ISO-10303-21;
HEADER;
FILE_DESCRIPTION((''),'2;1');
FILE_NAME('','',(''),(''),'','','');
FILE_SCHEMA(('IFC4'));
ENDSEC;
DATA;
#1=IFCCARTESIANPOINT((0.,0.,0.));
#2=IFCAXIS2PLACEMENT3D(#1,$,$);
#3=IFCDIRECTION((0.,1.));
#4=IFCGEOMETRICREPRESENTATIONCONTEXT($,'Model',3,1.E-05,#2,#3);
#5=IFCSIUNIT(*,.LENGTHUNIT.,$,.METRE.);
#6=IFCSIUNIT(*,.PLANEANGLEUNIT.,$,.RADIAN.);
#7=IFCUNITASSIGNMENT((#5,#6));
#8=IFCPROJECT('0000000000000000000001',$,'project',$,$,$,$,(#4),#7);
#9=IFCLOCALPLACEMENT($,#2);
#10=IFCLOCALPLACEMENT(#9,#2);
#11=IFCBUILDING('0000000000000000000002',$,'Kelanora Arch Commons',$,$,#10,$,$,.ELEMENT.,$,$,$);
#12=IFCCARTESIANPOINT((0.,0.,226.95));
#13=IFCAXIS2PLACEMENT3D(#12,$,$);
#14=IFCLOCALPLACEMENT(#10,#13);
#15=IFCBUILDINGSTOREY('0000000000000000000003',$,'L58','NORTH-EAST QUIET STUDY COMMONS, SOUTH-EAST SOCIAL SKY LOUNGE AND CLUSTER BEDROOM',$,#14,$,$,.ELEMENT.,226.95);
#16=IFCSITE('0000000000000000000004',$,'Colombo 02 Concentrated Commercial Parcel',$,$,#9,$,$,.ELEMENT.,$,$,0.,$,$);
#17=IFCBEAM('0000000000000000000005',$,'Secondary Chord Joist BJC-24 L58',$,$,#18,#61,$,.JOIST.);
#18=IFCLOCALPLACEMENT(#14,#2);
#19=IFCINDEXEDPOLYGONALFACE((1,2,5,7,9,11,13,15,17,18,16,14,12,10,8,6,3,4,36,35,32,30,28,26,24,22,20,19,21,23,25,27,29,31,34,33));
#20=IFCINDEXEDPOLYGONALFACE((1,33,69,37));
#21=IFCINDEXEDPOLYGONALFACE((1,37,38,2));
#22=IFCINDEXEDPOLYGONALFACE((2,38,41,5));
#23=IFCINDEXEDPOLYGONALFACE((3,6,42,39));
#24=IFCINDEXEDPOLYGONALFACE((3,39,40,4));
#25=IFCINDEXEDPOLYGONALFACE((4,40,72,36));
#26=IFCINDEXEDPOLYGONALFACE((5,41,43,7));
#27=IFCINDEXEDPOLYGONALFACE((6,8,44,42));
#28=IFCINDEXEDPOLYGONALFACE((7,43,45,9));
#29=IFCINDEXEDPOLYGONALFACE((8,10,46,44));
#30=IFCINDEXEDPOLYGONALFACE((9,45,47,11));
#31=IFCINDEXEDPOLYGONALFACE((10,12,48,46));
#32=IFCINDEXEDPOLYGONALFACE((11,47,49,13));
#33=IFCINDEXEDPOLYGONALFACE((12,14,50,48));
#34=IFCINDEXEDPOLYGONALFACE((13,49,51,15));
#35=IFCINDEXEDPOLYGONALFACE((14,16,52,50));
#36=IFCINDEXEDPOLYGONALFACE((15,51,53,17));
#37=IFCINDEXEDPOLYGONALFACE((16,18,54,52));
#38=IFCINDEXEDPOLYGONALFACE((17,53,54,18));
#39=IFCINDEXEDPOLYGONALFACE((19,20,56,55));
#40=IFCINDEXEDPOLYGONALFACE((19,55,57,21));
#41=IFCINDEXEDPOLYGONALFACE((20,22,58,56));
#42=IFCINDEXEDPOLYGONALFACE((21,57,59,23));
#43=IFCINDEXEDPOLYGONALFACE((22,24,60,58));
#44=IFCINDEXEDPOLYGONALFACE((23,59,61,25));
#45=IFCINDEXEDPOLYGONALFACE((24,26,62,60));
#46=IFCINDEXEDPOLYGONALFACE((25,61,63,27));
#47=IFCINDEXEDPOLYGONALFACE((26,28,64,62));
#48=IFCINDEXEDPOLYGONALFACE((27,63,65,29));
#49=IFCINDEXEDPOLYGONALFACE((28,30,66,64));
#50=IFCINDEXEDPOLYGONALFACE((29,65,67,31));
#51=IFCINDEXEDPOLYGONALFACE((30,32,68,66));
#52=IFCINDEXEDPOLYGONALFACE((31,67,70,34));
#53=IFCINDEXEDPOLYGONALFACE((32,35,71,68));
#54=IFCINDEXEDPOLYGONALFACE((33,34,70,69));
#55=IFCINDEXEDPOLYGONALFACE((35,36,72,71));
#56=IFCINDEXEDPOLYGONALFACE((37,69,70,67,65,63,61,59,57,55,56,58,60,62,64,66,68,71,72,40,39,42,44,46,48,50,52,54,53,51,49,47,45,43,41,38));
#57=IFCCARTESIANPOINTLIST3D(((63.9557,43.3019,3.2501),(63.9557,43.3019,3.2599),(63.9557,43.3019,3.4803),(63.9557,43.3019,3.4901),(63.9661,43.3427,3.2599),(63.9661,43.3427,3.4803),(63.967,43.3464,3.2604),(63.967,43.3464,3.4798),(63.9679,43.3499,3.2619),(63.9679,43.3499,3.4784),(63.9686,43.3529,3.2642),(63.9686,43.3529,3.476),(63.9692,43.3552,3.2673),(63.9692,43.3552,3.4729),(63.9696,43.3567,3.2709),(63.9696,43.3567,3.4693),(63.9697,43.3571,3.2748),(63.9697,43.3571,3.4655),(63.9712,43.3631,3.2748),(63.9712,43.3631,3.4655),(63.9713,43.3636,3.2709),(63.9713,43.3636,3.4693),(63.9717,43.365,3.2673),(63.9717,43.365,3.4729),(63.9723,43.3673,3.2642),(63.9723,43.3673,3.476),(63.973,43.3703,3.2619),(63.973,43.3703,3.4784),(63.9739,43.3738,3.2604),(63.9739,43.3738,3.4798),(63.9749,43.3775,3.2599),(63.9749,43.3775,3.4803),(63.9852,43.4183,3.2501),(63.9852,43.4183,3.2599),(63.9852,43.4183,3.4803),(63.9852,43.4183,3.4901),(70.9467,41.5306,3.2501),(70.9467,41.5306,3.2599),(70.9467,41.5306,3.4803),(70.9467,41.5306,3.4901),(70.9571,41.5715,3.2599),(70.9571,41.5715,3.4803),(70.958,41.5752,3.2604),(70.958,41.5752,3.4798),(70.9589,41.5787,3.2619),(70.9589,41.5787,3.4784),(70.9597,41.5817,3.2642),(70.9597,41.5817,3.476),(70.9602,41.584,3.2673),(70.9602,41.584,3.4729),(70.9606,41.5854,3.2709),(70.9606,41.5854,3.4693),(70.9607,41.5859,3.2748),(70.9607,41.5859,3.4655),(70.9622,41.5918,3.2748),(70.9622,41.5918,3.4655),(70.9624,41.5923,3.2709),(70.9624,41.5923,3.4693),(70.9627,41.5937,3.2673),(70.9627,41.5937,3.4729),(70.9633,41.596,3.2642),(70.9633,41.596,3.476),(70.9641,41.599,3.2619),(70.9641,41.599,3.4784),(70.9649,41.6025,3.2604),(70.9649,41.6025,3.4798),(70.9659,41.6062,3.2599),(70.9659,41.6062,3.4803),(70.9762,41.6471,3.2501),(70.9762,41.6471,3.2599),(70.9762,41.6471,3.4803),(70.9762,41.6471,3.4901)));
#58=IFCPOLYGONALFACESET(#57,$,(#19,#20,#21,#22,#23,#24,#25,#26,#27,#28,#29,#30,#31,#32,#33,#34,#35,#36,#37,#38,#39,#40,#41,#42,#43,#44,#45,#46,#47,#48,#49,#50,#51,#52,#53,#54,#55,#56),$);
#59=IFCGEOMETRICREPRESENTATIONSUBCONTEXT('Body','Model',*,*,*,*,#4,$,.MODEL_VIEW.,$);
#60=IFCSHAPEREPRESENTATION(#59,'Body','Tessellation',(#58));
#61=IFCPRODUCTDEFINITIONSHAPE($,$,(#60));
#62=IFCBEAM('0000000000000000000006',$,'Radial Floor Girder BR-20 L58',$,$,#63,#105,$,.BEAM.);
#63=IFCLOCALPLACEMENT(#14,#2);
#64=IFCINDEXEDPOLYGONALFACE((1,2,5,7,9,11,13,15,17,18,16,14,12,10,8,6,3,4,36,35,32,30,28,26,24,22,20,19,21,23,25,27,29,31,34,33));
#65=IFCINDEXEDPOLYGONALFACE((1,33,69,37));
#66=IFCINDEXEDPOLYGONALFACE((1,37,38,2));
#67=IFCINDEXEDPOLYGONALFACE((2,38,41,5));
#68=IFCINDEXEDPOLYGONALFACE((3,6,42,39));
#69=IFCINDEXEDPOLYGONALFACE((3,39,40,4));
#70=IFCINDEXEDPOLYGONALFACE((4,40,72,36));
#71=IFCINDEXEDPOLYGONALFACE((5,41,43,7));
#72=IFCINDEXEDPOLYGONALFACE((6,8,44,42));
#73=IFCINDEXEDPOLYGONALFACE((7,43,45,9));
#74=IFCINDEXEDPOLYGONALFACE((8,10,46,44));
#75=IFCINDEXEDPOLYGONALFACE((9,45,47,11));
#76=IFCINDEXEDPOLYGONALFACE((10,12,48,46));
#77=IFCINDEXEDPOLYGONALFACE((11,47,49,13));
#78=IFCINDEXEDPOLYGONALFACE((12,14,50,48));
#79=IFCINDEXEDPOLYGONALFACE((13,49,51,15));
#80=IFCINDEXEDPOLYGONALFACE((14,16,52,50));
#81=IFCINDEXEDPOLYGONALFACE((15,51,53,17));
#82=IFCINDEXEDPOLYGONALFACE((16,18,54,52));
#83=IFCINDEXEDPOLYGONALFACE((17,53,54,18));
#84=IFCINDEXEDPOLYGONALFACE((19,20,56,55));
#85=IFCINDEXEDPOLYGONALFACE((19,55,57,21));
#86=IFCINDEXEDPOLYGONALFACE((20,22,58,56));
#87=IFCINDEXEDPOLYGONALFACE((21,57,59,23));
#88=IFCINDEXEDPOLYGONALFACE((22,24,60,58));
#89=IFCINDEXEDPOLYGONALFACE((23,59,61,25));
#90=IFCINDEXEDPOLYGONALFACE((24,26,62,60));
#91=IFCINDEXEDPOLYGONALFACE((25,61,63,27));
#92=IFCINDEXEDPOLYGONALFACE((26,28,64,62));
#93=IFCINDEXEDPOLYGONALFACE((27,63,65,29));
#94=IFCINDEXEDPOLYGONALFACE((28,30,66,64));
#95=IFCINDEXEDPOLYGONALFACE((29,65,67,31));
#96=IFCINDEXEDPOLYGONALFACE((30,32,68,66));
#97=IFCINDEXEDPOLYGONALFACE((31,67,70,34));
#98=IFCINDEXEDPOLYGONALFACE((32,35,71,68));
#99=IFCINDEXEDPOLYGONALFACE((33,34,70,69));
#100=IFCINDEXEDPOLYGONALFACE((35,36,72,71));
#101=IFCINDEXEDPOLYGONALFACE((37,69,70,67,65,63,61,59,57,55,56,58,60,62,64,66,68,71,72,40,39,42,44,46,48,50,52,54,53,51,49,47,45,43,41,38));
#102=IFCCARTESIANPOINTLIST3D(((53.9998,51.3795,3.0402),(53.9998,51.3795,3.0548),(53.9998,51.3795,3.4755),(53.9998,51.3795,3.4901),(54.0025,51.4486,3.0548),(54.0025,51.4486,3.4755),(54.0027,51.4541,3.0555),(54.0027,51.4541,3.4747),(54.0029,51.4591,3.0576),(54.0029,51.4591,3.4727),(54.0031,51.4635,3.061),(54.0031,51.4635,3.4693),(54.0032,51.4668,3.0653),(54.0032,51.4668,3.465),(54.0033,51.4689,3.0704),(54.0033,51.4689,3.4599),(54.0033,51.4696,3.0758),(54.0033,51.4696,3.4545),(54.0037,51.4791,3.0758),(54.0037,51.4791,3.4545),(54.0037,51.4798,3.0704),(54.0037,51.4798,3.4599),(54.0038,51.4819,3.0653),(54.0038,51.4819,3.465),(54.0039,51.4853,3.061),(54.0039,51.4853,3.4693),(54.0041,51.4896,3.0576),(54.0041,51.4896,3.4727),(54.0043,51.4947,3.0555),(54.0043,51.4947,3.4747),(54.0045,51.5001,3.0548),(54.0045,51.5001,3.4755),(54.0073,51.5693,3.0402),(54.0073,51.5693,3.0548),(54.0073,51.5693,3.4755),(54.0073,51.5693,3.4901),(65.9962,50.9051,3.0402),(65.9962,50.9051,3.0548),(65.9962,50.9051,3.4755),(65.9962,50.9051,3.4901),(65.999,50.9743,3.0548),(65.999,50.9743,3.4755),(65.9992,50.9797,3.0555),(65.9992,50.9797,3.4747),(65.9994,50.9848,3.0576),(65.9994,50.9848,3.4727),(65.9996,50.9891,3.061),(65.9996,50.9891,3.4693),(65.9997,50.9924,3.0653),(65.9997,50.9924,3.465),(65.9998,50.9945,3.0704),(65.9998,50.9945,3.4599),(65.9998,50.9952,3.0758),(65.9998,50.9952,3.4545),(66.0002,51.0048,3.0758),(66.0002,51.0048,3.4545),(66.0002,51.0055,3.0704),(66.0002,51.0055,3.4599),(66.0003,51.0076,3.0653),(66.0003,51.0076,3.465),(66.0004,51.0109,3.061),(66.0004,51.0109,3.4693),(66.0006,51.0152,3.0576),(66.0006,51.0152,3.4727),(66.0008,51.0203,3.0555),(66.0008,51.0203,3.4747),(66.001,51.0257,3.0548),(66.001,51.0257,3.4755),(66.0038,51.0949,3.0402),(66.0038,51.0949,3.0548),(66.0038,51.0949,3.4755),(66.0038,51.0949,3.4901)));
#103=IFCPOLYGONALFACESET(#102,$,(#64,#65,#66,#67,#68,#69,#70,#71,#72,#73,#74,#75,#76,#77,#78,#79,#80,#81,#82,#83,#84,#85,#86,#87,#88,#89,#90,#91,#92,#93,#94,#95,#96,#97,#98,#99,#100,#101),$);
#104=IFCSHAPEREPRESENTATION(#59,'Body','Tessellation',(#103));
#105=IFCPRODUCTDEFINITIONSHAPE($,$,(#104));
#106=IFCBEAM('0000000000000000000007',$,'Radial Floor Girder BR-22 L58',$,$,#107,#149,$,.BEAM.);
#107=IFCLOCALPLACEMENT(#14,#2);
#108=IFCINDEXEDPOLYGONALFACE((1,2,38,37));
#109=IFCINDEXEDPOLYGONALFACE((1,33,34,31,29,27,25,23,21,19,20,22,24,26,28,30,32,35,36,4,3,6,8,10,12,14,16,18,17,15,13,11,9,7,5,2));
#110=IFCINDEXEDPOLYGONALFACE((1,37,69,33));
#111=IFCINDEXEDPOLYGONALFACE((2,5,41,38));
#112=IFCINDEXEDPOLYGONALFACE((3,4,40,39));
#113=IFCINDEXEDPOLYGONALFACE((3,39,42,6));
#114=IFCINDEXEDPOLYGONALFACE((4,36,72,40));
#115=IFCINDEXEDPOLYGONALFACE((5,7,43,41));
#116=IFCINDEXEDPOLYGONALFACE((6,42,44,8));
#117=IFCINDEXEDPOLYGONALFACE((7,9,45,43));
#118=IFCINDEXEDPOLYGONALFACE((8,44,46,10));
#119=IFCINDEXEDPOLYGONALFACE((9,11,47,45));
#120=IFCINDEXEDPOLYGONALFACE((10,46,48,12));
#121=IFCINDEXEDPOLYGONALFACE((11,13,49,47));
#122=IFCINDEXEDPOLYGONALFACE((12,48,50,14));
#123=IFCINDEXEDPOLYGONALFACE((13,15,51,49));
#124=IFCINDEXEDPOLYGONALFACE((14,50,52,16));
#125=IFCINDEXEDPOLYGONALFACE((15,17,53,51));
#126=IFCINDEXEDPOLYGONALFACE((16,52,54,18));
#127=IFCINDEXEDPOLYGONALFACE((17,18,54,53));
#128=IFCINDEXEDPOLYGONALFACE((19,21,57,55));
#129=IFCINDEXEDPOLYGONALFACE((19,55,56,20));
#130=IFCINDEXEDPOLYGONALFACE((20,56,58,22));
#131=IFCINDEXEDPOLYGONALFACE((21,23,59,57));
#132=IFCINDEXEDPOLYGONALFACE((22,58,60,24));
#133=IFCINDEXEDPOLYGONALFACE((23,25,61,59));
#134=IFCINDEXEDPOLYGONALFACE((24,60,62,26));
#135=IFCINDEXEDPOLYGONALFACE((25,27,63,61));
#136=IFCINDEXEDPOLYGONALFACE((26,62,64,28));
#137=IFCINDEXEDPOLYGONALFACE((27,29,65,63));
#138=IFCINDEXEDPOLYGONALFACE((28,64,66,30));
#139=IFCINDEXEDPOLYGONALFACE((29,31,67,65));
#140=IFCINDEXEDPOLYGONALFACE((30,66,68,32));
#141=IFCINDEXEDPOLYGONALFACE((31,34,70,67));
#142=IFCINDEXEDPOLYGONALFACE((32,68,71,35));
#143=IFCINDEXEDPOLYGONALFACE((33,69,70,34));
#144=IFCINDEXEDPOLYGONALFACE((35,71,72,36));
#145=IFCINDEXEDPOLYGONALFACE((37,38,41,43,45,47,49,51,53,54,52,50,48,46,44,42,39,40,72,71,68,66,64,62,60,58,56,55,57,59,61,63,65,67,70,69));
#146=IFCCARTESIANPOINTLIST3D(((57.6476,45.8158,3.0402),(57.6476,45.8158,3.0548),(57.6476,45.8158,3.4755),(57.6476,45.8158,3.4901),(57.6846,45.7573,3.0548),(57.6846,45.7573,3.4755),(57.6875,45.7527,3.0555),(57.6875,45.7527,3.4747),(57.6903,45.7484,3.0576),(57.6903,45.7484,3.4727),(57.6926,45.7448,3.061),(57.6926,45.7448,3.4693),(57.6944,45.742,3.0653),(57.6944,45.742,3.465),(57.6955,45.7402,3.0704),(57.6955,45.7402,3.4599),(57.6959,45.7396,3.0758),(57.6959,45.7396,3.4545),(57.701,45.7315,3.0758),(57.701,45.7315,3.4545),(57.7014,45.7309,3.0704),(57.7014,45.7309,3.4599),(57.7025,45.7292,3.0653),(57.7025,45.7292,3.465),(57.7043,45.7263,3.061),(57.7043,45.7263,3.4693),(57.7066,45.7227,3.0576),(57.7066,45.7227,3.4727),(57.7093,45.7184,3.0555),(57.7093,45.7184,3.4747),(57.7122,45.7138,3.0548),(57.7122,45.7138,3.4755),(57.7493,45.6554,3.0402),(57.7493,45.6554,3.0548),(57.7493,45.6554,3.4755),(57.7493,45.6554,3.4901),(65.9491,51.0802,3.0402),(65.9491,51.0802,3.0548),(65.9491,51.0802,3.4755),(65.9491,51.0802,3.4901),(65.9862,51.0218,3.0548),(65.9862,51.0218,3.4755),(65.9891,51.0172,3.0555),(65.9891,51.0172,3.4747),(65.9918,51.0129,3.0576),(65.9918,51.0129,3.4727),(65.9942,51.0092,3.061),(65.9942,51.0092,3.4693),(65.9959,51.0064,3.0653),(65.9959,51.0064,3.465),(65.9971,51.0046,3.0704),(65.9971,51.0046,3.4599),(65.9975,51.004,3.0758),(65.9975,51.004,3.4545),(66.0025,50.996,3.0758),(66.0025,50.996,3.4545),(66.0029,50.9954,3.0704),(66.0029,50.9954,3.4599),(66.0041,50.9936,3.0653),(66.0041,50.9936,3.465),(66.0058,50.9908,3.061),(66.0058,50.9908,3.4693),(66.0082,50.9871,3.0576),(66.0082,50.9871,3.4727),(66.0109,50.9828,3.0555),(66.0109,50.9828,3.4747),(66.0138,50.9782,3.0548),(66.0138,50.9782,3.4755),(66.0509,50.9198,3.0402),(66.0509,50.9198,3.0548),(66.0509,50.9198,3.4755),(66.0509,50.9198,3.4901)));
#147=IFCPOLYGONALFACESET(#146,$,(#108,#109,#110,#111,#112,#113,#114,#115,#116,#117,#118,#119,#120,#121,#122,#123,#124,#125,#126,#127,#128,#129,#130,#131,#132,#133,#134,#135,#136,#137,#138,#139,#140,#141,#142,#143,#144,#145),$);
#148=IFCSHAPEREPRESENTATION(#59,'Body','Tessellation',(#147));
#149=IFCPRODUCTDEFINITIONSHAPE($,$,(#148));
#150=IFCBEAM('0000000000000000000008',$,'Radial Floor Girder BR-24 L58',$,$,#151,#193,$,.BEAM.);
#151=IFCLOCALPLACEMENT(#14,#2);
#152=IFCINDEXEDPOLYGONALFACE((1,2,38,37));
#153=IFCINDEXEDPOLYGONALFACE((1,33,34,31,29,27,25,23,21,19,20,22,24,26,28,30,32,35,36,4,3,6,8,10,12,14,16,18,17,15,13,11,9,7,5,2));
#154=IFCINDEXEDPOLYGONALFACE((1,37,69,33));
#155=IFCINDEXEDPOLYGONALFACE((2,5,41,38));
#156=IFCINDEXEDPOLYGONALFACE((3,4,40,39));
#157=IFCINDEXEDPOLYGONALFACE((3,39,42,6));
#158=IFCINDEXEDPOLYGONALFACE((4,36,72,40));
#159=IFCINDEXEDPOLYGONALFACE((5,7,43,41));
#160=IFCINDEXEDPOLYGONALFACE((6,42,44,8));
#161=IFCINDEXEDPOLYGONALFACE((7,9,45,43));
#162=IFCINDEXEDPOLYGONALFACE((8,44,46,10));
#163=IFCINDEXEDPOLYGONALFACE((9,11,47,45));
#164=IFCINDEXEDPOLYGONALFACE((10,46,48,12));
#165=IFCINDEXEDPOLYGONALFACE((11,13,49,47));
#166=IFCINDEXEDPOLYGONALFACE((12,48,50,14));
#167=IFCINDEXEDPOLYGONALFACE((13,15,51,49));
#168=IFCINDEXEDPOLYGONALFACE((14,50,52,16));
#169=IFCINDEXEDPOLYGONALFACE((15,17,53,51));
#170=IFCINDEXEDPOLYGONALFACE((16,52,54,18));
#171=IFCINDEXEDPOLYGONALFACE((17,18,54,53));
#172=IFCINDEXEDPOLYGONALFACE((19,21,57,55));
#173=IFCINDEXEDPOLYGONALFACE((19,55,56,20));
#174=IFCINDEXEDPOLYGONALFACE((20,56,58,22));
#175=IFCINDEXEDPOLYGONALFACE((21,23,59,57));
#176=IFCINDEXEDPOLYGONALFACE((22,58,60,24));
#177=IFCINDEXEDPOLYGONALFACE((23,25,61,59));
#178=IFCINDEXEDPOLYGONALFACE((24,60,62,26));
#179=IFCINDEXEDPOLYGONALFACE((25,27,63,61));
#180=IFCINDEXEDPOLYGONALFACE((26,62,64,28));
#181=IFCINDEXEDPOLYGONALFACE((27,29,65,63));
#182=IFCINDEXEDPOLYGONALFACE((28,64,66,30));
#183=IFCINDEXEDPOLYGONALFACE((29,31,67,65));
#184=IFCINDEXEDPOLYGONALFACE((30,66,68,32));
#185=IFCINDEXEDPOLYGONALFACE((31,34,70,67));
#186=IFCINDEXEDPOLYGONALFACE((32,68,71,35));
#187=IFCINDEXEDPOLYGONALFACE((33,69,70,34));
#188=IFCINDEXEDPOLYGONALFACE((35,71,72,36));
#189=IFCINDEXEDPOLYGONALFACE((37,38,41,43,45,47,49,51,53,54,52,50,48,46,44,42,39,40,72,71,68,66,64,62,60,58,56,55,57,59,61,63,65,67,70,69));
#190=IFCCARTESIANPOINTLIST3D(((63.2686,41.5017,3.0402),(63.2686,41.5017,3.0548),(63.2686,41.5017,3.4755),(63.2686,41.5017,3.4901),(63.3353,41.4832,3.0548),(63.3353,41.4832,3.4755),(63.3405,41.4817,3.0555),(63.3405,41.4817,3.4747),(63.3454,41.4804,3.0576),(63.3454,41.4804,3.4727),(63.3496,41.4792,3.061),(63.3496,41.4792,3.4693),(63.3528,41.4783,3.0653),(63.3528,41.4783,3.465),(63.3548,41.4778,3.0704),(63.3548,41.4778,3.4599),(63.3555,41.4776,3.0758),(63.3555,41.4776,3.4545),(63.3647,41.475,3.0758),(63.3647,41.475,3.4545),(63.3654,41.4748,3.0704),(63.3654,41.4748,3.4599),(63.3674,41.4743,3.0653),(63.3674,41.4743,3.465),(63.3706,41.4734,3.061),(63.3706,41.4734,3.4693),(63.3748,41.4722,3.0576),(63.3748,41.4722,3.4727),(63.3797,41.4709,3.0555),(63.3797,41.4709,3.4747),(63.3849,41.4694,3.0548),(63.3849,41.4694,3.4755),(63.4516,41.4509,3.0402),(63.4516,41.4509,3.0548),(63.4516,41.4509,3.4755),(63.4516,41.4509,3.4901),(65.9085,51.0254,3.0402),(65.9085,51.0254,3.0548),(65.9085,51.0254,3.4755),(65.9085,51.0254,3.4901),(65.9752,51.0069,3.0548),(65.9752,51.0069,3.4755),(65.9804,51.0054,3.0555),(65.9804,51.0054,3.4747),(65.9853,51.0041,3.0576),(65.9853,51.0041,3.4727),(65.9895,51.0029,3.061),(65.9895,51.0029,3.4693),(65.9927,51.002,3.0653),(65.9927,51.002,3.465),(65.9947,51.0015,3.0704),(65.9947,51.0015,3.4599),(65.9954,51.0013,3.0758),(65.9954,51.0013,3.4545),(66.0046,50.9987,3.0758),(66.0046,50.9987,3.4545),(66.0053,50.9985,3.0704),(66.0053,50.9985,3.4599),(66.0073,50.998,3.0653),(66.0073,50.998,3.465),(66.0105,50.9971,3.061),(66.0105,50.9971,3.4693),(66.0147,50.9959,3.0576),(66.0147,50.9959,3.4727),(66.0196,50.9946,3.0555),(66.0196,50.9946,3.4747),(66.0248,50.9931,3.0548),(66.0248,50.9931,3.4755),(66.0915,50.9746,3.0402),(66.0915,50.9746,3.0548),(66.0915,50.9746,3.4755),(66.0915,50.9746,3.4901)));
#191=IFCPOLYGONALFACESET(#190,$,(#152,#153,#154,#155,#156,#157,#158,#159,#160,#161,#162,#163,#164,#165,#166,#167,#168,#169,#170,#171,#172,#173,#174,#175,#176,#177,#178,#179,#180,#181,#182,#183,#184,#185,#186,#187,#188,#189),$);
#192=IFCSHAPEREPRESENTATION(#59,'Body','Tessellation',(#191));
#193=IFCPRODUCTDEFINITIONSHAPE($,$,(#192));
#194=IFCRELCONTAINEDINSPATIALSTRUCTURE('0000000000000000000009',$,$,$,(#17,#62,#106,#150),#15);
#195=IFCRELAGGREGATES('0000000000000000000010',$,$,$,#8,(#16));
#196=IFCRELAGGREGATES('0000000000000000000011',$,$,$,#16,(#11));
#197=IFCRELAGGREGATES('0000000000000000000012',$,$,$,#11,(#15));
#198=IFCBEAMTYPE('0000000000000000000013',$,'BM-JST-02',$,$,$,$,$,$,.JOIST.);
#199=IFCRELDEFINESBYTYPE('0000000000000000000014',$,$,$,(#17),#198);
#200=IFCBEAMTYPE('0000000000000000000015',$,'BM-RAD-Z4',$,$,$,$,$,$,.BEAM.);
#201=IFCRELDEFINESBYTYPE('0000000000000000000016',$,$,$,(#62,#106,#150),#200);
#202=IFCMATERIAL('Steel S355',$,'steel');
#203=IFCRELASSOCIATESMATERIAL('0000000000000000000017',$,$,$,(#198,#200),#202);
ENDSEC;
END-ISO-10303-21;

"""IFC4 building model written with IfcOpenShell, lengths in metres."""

from ifc_helpers import new_model, si_unit, direction, frame, origin, origin_2d, place, context, subcontext, project, spatial, i_section, extrude, material, material_profile, profile_set, type_object, element, save


model = new_model("IFC4")

# Units and contexts
model_context = context("Model", 3, precision=1e-05, world=origin(), true_north=direction((0.0, 1.0)))
body_context = subcontext(model_context, "Body", "Model", "MODEL_VIEW")
ifc_project = project(units=[si_unit("LENGTHUNIT", "METRE"), si_unit("PLANEANGLEUNIT", "RADIAN")], contexts=[model_context])

# Site, building, storey
site_placement = place(None, origin())
site = spatial("IfcSite", under=ifc_project, at=site_placement, Name="Colombo 02 Concentrated Commercial Parcel", CompositionType="ELEMENT", RefElevation=0.0)
building_placement = place(site_placement, origin())
building = spatial("IfcBuilding", under=site, at=building_placement, Name="Kelanora Arch Commons", CompositionType="ELEMENT")
storey_placement = place(building_placement, frame((0.0, 0.0, 226.95)))
storey = spatial("IfcBuildingStorey", under=building, at=storey_placement, Name="L58", Description="NORTH-EAST QUIET STUDY COMMONS, SOUTH-EAST SOCIAL SKY LOUNGE AND CLUSTER BEDROOM", CompositionType="ELEMENT", Elevation=226.95)

# Beams
ifc_material_1 = material(Name="Steel S355", Category="steel")
ifc_material_profile_1 = material_profile(ifc_material_1, i_section(OverallWidth=0.1201, OverallDepth=0.24, WebThickness=0.0061, FlangeThickness=0.0098, FilletRadius=0.0149, at=origin_2d()), Name="IPE240")
ifc_profile_set_1 = profile_set([ifc_material_profile_1], Name="Steel S355")
beam_type_1 = type_object("IfcBeamType", Name="BM-JST-02", PredefinedType="JOIST", material=ifc_profile_set_1)
beam_1_placement = place(storey_placement, frame((63.9705, 43.3601, 3.3701), z_axis=(0.969371, -0.245601, 0.0), x_axis=(0.245601, 0.969371, 0.0)))
element("IfcBeam", 1, at=beam_1_placement, inside=storey, type_object=beam_type_1, Name="Secondary Chord Joist BJC-24 L58", PredefinedType="JOIST", context=body_context, shape_type="SweptSolid", body=[
    extrude(i_section(OverallWidth=0.1201, OverallDepth=0.24, WebThickness=0.0061, FlangeThickness=0.0098, FilletRadius=0.0149, at=origin_2d()), origin(), (0.0, 0.0, 1.0), 7.2119),
])
ifc_material_profile_2 = material_profile(ifc_material_1, i_section(OverallWidth=0.1899, OverallDepth=0.45, WebThickness=0.0095, FlangeThickness=0.0146, FilletRadius=0.021, at=origin_2d()), Name="IPE450")
ifc_profile_set_2 = profile_set([ifc_material_profile_2], Name="Steel S355")
beam_type_2 = type_object("IfcBeamType", Name="BM-RAD-Z4", PredefinedType="BEAM", material=ifc_profile_set_2)
beam_2_placement = place(storey_placement, frame((66.0, 51.0, 3.2651), z_axis=(-0.999219, 0.039511, 0.0), x_axis=(-0.039511, -0.999219, 0.0)))
element("IfcBeam", 2, at=beam_2_placement, inside=storey, type_object=beam_type_2, Name="Radial Floor Girder BR-20 L58", PredefinedType="BEAM", context=body_context, shape_type="SweptSolid", body=[
    extrude(i_section(OverallWidth=0.1899, OverallDepth=0.45, WebThickness=0.0095, FlangeThickness=0.0146, FilletRadius=0.021, at=origin_2d()), origin(), (0.0, 0.0, 1.0), 12.0059),
])
beam_3_placement = place(storey_placement, frame((66.0, 51.0, 3.2651), z_axis=(-0.844507, -0.535544, 0.0), x_axis=(0.535544, -0.844507, 0.0)))
element("IfcBeam", 3, at=beam_3_placement, inside=storey, type_object=beam_type_2, Name="Radial Floor Girder BR-22 L58", PredefinedType="BEAM", context=body_context, shape_type="SweptSolid", body=[
    extrude(i_section(OverallWidth=0.1899, OverallDepth=0.45, WebThickness=0.0095, FlangeThickness=0.0146, FilletRadius=0.021, at=origin_2d()), origin(), (0.0, 0.0, 1.0), 9.8301),
])
beam_4_placement = place(storey_placement, frame((66.0, 51.0, 3.2651), z_axis=(-0.26712, -0.963663, 0.0), x_axis=(0.963663, -0.26712, 0.0)))
element("IfcBeam", 4, at=beam_4_placement, inside=storey, type_object=beam_type_2, Name="Radial Floor Girder BR-24 L58", PredefinedType="BEAM", context=body_context, shape_type="SweptSolid", body=[
    extrude(i_section(OverallWidth=0.1899, OverallDepth=0.45, WebThickness=0.0095, FlangeThickness=0.0146, FilletRadius=0.021, at=origin_2d()), origin(), (0.0, 0.0, 1.0), 9.8828),
])

save(model, "model.ifc")
